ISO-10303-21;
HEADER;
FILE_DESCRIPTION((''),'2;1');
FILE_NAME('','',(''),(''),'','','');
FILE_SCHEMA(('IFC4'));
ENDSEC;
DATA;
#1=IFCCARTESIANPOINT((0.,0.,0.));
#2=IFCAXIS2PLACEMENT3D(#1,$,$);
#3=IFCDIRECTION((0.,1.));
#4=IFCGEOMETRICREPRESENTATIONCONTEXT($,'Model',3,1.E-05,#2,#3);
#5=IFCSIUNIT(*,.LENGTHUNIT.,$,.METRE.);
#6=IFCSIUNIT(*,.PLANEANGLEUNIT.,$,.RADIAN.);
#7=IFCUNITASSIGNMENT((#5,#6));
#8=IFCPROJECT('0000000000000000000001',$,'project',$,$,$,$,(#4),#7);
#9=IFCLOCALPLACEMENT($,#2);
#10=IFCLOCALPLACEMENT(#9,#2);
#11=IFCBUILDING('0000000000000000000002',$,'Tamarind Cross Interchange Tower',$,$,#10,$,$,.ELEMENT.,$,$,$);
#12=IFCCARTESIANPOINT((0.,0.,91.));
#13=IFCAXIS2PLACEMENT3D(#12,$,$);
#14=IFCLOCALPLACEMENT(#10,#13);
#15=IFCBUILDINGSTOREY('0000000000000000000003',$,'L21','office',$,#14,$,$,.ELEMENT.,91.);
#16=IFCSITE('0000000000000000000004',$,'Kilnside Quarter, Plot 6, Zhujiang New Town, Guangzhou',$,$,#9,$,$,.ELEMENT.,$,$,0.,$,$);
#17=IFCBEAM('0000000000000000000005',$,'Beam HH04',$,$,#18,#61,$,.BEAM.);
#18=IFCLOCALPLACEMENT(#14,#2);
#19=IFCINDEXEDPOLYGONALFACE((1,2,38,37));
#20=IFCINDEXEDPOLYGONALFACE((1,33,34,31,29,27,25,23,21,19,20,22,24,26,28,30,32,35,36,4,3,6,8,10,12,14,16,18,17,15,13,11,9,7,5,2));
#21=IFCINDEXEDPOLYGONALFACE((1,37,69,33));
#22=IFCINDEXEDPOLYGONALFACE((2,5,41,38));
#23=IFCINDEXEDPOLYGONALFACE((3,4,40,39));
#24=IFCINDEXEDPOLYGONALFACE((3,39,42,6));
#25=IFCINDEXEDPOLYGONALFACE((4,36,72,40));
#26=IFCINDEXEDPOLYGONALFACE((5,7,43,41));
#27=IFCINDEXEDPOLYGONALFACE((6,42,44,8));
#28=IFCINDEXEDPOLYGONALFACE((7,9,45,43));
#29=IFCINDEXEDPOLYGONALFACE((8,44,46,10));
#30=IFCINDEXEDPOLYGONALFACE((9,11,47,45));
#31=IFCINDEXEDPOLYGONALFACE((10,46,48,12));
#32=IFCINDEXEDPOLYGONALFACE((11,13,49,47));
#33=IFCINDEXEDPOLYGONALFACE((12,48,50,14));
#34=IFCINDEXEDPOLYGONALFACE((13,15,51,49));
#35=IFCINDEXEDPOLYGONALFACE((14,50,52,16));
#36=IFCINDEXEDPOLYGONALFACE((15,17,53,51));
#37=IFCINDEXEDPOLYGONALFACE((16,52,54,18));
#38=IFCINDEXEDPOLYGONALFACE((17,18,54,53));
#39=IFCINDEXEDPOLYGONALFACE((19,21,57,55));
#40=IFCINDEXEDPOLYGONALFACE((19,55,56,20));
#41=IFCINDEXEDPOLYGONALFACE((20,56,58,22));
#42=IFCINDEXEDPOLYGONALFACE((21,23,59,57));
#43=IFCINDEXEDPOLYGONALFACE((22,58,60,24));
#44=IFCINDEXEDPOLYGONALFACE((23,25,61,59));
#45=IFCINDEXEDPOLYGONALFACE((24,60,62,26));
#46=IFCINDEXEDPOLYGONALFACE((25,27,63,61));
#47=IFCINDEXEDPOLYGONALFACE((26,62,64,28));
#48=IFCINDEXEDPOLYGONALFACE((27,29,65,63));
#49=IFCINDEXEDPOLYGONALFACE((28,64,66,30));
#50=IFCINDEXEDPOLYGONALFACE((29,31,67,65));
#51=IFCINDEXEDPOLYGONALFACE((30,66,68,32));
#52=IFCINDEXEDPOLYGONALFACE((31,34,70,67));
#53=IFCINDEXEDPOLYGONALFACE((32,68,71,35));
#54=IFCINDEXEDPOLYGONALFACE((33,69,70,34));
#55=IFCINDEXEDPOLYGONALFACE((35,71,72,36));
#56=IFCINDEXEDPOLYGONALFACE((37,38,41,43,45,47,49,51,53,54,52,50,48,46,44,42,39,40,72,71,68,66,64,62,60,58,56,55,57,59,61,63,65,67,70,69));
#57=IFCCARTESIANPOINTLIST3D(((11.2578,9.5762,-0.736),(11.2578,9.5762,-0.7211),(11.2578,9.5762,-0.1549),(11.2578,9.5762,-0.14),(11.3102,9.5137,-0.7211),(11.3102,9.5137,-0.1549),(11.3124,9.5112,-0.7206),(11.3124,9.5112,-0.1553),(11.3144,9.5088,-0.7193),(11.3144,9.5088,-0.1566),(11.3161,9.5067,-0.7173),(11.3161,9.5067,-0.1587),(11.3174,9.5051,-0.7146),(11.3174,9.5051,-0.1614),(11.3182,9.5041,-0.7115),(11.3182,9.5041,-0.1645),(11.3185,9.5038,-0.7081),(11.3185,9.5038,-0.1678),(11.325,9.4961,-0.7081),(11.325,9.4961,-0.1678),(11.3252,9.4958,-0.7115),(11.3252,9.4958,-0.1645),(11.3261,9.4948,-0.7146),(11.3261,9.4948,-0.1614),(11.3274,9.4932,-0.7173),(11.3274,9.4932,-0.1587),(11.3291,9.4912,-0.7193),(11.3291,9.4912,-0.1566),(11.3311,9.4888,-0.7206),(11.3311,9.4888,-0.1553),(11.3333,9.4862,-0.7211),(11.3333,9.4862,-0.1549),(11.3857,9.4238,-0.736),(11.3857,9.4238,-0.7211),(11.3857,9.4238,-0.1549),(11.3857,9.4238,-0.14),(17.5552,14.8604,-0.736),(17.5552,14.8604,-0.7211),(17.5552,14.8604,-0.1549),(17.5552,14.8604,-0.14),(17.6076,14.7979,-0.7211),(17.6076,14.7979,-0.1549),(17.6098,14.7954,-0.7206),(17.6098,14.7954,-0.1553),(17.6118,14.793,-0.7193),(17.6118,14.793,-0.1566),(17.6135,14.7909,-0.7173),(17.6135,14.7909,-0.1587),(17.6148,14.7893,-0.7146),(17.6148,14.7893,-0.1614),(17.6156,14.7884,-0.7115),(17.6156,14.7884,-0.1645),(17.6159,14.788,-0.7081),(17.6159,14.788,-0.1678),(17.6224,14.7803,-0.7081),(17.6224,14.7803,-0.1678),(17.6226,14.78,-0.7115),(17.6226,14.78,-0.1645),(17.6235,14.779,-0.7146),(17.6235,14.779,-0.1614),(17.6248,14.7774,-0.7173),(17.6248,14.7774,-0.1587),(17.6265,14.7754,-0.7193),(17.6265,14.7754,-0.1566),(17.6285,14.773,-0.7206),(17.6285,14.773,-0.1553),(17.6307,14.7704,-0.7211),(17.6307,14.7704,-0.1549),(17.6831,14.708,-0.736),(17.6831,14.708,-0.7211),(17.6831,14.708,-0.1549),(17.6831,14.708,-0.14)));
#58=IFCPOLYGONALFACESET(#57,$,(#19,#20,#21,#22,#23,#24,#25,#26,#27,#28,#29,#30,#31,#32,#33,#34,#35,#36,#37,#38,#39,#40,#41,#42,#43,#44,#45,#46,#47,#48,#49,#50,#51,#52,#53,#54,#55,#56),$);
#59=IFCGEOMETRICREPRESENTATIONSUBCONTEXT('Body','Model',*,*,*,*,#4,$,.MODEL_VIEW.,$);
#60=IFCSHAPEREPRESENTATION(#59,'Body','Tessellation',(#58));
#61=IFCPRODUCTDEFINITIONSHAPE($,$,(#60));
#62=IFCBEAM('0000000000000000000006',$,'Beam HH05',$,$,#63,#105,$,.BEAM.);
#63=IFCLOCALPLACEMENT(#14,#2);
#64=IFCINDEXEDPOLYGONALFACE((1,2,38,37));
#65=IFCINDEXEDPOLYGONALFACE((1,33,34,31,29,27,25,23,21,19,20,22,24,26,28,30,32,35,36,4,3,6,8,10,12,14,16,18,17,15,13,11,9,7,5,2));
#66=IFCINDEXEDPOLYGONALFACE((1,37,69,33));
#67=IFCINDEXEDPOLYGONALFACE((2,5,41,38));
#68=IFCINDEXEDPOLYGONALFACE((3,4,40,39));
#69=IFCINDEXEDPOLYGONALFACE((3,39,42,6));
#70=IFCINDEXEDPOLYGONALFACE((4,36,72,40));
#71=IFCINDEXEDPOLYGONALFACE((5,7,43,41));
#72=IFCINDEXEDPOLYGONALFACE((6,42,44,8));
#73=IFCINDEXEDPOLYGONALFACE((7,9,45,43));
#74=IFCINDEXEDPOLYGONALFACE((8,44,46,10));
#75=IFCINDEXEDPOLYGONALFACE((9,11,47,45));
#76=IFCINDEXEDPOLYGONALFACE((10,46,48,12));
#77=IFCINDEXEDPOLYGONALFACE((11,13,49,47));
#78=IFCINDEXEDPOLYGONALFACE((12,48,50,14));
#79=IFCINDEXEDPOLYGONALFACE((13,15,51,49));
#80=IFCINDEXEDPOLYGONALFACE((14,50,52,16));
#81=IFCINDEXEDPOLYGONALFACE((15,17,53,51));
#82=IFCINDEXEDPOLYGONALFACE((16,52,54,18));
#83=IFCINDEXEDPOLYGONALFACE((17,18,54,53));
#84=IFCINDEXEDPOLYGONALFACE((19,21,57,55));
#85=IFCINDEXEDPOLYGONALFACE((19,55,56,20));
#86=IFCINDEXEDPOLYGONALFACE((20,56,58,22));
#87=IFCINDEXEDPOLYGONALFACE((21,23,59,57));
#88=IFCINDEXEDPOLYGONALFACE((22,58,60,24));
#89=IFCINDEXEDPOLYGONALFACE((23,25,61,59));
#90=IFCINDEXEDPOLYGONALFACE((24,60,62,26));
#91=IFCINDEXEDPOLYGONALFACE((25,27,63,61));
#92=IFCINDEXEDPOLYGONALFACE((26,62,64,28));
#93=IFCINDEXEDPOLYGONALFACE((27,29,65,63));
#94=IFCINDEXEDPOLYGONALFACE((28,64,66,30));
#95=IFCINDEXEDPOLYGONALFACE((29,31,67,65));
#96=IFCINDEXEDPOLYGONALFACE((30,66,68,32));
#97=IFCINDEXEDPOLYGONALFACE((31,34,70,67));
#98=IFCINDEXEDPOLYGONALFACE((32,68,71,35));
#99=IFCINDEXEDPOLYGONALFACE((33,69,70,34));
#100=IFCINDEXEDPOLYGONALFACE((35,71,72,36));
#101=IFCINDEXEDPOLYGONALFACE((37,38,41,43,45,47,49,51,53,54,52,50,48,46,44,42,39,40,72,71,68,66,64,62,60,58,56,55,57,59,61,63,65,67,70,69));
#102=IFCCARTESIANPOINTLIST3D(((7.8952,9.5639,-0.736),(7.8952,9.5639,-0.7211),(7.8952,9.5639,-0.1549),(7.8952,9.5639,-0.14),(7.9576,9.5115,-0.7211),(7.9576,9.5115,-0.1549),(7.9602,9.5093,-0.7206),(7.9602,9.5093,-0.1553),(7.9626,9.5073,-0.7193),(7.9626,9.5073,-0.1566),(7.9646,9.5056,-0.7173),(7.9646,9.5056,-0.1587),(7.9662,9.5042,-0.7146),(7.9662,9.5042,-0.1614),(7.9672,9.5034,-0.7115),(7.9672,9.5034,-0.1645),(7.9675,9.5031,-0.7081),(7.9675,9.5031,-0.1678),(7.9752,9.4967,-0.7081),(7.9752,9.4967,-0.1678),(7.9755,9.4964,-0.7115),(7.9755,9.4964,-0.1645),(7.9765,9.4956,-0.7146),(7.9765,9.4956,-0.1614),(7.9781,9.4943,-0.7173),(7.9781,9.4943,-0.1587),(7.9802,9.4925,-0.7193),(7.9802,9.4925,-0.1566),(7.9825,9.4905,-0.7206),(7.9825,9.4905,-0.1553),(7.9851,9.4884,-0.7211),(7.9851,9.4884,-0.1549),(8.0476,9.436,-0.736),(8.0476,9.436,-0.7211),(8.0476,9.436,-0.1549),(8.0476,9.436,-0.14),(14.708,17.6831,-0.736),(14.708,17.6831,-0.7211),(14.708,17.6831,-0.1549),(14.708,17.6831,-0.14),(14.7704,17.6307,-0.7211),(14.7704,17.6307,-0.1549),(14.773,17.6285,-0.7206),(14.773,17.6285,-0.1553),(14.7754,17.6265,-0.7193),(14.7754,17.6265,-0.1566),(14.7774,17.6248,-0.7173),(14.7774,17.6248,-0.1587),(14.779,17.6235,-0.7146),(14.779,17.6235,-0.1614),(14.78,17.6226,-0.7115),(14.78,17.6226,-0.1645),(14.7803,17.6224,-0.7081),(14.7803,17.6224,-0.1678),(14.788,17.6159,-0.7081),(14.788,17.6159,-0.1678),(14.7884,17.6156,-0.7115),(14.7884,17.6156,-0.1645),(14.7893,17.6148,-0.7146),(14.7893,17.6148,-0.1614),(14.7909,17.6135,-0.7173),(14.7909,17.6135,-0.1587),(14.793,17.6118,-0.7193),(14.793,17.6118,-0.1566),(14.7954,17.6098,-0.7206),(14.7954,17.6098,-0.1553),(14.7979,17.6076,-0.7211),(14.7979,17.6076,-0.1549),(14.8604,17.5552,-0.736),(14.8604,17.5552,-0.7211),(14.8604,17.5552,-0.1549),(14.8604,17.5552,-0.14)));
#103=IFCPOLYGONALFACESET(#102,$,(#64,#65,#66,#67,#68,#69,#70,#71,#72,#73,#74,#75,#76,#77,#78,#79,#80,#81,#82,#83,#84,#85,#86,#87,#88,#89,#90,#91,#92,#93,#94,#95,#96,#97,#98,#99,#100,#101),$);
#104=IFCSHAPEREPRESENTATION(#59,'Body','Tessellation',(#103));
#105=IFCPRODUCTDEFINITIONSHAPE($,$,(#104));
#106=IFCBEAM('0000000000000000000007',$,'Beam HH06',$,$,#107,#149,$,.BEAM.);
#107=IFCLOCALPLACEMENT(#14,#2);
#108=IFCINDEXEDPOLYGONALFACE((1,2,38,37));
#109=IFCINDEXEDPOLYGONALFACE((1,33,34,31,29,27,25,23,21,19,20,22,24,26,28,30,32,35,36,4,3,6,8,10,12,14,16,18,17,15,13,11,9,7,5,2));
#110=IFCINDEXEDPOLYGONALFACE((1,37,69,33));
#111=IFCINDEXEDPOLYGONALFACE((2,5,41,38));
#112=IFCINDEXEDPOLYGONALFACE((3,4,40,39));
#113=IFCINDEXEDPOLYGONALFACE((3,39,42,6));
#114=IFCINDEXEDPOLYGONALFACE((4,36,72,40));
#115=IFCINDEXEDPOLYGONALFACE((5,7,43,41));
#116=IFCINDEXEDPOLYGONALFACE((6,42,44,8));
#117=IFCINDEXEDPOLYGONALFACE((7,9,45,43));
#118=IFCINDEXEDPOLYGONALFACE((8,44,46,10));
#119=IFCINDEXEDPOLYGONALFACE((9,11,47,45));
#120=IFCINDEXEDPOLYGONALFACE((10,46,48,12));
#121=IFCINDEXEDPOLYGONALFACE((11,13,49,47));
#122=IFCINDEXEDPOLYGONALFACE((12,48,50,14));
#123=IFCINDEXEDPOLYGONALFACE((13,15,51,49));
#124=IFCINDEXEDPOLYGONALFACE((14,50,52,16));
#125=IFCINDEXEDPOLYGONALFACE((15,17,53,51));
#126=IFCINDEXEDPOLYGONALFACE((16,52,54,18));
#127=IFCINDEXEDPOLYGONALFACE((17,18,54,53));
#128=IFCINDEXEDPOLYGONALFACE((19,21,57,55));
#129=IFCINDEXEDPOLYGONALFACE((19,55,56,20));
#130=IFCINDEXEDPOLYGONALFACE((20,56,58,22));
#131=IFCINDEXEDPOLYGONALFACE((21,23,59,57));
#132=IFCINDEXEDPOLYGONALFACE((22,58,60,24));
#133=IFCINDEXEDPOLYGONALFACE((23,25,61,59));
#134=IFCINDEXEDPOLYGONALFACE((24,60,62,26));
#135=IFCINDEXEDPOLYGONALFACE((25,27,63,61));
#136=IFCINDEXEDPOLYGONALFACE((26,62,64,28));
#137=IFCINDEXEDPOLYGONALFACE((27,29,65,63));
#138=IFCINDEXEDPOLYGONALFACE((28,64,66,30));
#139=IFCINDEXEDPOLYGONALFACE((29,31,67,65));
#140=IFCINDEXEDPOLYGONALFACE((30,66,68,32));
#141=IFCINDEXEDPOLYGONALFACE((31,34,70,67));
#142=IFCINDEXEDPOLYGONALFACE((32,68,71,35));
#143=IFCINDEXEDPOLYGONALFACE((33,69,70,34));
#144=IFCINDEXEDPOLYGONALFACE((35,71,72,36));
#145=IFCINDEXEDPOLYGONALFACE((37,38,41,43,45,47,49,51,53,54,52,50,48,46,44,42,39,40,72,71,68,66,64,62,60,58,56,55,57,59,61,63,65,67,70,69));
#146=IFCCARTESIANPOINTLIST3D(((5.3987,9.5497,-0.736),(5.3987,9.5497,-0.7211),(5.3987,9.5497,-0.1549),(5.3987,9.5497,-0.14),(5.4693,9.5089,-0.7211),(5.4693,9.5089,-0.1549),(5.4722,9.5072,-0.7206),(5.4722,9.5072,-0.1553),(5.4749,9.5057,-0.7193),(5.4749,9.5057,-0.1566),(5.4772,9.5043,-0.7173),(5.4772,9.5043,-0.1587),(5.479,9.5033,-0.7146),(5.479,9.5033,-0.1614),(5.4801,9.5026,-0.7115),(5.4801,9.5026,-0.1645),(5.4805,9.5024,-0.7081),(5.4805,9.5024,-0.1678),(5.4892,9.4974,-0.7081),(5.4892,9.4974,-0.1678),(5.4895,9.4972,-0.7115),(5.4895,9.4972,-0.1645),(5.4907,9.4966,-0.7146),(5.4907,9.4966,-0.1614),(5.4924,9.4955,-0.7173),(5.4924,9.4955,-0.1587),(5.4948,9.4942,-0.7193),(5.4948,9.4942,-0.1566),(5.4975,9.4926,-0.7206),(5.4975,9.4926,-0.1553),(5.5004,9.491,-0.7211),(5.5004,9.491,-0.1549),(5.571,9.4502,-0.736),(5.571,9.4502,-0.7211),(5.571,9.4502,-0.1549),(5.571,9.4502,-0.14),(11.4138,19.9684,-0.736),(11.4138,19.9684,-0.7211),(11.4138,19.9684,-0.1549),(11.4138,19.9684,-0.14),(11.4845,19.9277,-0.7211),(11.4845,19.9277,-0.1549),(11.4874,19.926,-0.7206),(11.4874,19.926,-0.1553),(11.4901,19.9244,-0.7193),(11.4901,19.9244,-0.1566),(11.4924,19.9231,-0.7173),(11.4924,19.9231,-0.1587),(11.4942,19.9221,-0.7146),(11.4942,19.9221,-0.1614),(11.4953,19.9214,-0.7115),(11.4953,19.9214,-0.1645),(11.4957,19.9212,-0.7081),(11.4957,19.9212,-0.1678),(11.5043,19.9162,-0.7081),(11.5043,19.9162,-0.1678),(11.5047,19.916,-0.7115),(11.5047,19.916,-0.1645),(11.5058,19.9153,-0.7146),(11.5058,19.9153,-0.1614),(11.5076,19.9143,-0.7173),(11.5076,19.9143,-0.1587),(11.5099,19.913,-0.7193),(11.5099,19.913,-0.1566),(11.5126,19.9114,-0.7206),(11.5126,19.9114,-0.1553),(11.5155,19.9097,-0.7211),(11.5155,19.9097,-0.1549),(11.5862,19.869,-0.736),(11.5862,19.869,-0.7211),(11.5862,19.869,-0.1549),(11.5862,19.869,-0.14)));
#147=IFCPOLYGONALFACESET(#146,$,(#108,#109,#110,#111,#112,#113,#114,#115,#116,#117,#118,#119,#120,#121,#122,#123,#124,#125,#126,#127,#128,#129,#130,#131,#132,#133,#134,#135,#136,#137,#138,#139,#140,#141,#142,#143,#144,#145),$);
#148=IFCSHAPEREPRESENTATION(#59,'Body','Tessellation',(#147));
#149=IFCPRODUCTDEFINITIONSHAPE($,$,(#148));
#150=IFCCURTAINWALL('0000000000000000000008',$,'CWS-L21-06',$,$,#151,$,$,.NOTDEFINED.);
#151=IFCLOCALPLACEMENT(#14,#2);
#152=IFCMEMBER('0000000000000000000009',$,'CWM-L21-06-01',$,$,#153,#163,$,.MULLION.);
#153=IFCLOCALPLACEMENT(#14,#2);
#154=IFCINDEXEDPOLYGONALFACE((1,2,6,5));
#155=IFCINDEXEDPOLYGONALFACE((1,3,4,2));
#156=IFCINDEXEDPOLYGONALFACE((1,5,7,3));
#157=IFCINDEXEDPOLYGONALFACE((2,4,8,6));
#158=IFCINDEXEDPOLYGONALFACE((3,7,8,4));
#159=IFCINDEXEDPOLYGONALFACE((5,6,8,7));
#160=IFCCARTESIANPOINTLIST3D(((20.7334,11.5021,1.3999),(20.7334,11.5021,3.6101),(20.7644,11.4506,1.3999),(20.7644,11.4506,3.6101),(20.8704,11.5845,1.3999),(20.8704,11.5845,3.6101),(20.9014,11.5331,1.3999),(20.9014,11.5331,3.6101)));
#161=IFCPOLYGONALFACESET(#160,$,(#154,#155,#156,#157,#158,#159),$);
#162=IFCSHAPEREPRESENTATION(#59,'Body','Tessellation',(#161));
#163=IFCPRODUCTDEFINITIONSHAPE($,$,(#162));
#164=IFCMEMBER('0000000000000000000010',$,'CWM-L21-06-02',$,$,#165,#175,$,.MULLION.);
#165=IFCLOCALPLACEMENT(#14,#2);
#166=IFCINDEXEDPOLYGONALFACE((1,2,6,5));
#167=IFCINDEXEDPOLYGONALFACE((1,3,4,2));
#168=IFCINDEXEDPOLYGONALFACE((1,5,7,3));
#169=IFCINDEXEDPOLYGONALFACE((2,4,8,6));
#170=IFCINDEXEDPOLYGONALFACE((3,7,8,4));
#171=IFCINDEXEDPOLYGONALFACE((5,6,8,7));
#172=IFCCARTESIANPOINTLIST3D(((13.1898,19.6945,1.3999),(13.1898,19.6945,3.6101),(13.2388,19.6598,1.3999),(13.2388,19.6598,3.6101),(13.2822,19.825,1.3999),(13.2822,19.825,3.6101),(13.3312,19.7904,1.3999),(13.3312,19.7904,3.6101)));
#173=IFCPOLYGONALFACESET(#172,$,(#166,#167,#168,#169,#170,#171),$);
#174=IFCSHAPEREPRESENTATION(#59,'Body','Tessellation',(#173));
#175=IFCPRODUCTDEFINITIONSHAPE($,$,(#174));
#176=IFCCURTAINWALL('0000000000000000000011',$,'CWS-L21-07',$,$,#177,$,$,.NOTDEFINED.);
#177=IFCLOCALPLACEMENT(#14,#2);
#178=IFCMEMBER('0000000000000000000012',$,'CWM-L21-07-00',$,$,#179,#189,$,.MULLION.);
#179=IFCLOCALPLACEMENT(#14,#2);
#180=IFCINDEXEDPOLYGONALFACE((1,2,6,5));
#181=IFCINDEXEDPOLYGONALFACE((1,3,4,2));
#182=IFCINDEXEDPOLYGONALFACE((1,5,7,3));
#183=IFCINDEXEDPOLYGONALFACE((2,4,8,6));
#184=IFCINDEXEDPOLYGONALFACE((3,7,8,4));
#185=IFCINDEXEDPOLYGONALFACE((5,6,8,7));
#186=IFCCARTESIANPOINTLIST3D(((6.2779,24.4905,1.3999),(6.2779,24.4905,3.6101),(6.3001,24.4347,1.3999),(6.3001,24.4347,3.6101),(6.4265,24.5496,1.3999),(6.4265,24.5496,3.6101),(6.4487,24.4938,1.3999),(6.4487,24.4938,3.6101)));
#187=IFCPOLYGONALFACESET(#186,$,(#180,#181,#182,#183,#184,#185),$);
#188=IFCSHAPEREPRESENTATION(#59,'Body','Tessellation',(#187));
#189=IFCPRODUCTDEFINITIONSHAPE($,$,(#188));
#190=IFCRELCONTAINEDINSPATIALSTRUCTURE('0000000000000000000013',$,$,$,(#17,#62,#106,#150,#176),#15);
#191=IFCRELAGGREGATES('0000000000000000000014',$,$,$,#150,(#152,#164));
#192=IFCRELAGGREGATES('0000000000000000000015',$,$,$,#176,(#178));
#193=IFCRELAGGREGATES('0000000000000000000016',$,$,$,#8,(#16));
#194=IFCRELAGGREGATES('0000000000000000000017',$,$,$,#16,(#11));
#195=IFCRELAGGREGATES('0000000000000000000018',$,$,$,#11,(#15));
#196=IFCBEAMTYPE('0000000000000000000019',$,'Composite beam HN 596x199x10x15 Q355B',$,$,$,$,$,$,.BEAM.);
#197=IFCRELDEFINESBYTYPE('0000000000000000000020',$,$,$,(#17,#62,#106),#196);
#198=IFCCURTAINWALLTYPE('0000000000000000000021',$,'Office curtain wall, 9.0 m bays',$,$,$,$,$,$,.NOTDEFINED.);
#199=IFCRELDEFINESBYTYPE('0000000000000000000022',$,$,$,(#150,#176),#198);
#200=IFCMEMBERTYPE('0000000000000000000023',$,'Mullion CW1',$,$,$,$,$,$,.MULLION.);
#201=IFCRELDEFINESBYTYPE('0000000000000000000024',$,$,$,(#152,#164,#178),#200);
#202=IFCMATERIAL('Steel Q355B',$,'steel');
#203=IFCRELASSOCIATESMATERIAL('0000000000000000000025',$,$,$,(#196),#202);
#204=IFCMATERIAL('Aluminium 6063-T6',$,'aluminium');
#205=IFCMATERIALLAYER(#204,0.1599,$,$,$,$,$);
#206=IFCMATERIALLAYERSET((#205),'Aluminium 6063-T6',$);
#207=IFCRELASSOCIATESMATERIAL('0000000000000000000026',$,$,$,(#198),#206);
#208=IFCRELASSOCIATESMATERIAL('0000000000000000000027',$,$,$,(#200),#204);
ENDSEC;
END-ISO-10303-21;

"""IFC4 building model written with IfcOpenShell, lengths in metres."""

from ifc_helpers import new_model, si_unit, direction, frame, origin, origin_2d, place, context, subcontext, project, spatial, rectangle, i_section, extrude, material, layer, layer_set, material_profile, profile_set, type_object, element, aggregate, save


model = new_model("IFC4")

# Units and contexts
model_context = context("Model", 3, precision=1e-05, world=origin(), true_north=direction((0.0, 1.0)))
body_context = subcontext(model_context, "Body", "Model", "MODEL_VIEW")
ifc_project = project(units=[si_unit("LENGTHUNIT", "METRE"), si_unit("PLANEANGLEUNIT", "RADIAN")], contexts=[model_context])

# Site, building, storey
site_placement = place(None, origin())
site = spatial("IfcSite", under=ifc_project, at=site_placement, Name="Kilnside Quarter, Plot 6, Zhujiang New Town, Guangzhou", CompositionType="ELEMENT", RefElevation=0.0)
building_placement = place(site_placement, origin())
building = spatial("IfcBuilding", under=site, at=building_placement, Name="Tamarind Cross Interchange Tower", CompositionType="ELEMENT")
storey_placement = place(building_placement, frame((0.0, 0.0, 91.0)))
storey = spatial("IfcBuildingStorey", under=building, at=storey_placement, Name="L21", Description="office", CompositionType="ELEMENT", Elevation=91.0)

# Beams
ifc_material_1 = material(Name="Steel Q355B", Category="steel")
ifc_material_profile_1 = material_profile(ifc_material_1, i_section(OverallWidth=0.199, OverallDepth=0.5959, WebThickness=0.01, FlangeThickness=0.0149, FilletRadius=0.0129, at=origin_2d()), Name="HN 596x199x10x15")
ifc_profile_set_1 = profile_set([ifc_material_profile_1], Name="Steel Q355B")
beam_type = type_object("IfcBeamType", Name="Composite beam HN 596x199x10x15 Q355B", PredefinedType="BEAM", material=ifc_profile_set_1)
beam_1_placement = place(storey_placement, frame((17.6191, 14.7842, -0.438), z_axis=(-0.766041, -0.642792, 0.0), x_axis=(0.642792, -0.766041, 0.0)))
element("IfcBeam", 1, at=beam_1_placement, inside=storey, type_object=beam_type, Name="Beam HH04", PredefinedType="BEAM", context=body_context, shape_type="SweptSolid", body=[
    extrude(i_section(OverallWidth=0.199, OverallDepth=0.5959, WebThickness=0.01, FlangeThickness=0.0149, FilletRadius=0.0129, at=origin_2d()), origin(), (0.0, 0.0, 1.0), 8.2207),
])
beam_2_placement = place(storey_placement, frame((14.7842, 17.6191, -0.438), z_axis=(-0.642786, -0.766046, 0.0), x_axis=(0.766046, -0.642786, 0.0)))
element("IfcBeam", 2, at=beam_2_placement, inside=storey, type_object=beam_type, Name="Beam HH05", PredefinedType="BEAM", context=body_context, shape_type="SweptSolid", body=[
    extrude(i_section(OverallWidth=0.199, OverallDepth=0.5959, WebThickness=0.01, FlangeThickness=0.0149, FilletRadius=0.0129, at=origin_2d()), origin(), (0.0, 0.0, 1.0), 10.5989),
])
beam_3_placement = place(storey_placement, frame((11.5, 19.9187, -0.438), z_axis=(-0.499994, -0.866029, 0.0), x_axis=(0.866029, -0.499994, 0.0)))
element("IfcBeam", 3, at=beam_3_placement, inside=storey, type_object=beam_type, Name="Beam HH06", PredefinedType="BEAM", context=body_context, shape_type="SweptSolid", body=[
    extrude(i_section(OverallWidth=0.199, OverallDepth=0.5959, WebThickness=0.01, FlangeThickness=0.0149, FilletRadius=0.0129, at=origin_2d()), origin(), (0.0, 0.0, 1.0), 12.0305),
])

# Curtain wall, members
ifc_material_2 = material(Name="Aluminium 6063-T6", Category="aluminium")
ifc_layer_1 = layer(ifc_material_2, 0.1599)
ifc_layer_set_1 = layer_set([ifc_layer_1], Name="Aluminium 6063-T6")
curtain_wall_type = type_object("IfcCurtainWallType", Name="Office curtain wall, 9.0 m bays", PredefinedType="NOTDEFINED", material=ifc_layer_set_1)
curtain_wall_1_placement = place(storey_placement, origin())
curtain_wall_1 = element("IfcCurtainWall", 4, at=curtain_wall_1_placement, inside=storey, type_object=curtain_wall_type, Name="CWS-L21-06", PredefinedType="NOTDEFINED")
ifc_material_profile_2 = material_profile(ifc_material_2, rectangle(XDim=0.0601, YDim=0.1599, at=origin_2d()), Name="Mullion CW1")
ifc_profile_set_2 = profile_set([ifc_material_profile_2], Name="Aluminium 6063-T6")
member_type = type_object("IfcMemberType", Name="Mullion CW1", PredefinedType="MULLION", material=ifc_profile_set_2)
member_1_placement = place(storey_placement, frame((20.8174, 11.5176, 1.3999), z_axis=(0.0, 0.0, 1.0), x_axis=(-0.515577, 0.856843, 0.0)))
member_1 = element("IfcMember", 5, at=member_1_placement, type_object=member_type, Name="CWM-L21-06-01", PredefinedType="MULLION", context=body_context, shape_type="SweptSolid", body=[
    extrude(rectangle(XDim=0.0601, YDim=0.1599, at=origin_2d()), origin(), (0.0, 0.0, 1.0), 2.2102),
])
member_2_placement = place(storey_placement, frame((13.2605, 19.7424, 1.3999), z_axis=(0.0, 0.0, 1.0), x_axis=(-0.816342, 0.577569, 0.0)))
member_2 = element("IfcMember", 6, at=member_2_placement, type_object=member_type, Name="CWM-L21-06-02", PredefinedType="MULLION", context=body_context, shape_type="SweptSolid", body=[
    extrude(rectangle(XDim=0.0601, YDim=0.1599, at=origin_2d()), origin(), (0.0, 0.0, 1.0), 2.2102),
])
aggregate(curtain_wall_1, [member_1, member_2])

# Curtain wall, member
curtain_wall_2_placement = place(storey_placement, origin())
curtain_wall_2 = element("IfcCurtainWall", 7, at=curtain_wall_2_placement, inside=storey, type_object=curtain_wall_type, Name="CWS-L21-07", PredefinedType="NOTDEFINED")
member_3_placement = place(storey_placement, frame((6.3633, 24.4922, 1.3999), z_axis=(0.0, 0.0, 1.0), x_axis=(-0.369635, 0.929177, 0.0)))
member_3 = element("IfcMember", 8, at=member_3_placement, type_object=member_type, Name="CWM-L21-07-00", PredefinedType="MULLION", context=body_context, shape_type="SweptSolid", body=[
    extrude(rectangle(XDim=0.0601, YDim=0.1599, at=origin_2d()), origin(), (0.0, 0.0, 1.0), 2.2102),
])
aggregate(curtain_wall_2, [member_3])

save(model, "model.ifc")
